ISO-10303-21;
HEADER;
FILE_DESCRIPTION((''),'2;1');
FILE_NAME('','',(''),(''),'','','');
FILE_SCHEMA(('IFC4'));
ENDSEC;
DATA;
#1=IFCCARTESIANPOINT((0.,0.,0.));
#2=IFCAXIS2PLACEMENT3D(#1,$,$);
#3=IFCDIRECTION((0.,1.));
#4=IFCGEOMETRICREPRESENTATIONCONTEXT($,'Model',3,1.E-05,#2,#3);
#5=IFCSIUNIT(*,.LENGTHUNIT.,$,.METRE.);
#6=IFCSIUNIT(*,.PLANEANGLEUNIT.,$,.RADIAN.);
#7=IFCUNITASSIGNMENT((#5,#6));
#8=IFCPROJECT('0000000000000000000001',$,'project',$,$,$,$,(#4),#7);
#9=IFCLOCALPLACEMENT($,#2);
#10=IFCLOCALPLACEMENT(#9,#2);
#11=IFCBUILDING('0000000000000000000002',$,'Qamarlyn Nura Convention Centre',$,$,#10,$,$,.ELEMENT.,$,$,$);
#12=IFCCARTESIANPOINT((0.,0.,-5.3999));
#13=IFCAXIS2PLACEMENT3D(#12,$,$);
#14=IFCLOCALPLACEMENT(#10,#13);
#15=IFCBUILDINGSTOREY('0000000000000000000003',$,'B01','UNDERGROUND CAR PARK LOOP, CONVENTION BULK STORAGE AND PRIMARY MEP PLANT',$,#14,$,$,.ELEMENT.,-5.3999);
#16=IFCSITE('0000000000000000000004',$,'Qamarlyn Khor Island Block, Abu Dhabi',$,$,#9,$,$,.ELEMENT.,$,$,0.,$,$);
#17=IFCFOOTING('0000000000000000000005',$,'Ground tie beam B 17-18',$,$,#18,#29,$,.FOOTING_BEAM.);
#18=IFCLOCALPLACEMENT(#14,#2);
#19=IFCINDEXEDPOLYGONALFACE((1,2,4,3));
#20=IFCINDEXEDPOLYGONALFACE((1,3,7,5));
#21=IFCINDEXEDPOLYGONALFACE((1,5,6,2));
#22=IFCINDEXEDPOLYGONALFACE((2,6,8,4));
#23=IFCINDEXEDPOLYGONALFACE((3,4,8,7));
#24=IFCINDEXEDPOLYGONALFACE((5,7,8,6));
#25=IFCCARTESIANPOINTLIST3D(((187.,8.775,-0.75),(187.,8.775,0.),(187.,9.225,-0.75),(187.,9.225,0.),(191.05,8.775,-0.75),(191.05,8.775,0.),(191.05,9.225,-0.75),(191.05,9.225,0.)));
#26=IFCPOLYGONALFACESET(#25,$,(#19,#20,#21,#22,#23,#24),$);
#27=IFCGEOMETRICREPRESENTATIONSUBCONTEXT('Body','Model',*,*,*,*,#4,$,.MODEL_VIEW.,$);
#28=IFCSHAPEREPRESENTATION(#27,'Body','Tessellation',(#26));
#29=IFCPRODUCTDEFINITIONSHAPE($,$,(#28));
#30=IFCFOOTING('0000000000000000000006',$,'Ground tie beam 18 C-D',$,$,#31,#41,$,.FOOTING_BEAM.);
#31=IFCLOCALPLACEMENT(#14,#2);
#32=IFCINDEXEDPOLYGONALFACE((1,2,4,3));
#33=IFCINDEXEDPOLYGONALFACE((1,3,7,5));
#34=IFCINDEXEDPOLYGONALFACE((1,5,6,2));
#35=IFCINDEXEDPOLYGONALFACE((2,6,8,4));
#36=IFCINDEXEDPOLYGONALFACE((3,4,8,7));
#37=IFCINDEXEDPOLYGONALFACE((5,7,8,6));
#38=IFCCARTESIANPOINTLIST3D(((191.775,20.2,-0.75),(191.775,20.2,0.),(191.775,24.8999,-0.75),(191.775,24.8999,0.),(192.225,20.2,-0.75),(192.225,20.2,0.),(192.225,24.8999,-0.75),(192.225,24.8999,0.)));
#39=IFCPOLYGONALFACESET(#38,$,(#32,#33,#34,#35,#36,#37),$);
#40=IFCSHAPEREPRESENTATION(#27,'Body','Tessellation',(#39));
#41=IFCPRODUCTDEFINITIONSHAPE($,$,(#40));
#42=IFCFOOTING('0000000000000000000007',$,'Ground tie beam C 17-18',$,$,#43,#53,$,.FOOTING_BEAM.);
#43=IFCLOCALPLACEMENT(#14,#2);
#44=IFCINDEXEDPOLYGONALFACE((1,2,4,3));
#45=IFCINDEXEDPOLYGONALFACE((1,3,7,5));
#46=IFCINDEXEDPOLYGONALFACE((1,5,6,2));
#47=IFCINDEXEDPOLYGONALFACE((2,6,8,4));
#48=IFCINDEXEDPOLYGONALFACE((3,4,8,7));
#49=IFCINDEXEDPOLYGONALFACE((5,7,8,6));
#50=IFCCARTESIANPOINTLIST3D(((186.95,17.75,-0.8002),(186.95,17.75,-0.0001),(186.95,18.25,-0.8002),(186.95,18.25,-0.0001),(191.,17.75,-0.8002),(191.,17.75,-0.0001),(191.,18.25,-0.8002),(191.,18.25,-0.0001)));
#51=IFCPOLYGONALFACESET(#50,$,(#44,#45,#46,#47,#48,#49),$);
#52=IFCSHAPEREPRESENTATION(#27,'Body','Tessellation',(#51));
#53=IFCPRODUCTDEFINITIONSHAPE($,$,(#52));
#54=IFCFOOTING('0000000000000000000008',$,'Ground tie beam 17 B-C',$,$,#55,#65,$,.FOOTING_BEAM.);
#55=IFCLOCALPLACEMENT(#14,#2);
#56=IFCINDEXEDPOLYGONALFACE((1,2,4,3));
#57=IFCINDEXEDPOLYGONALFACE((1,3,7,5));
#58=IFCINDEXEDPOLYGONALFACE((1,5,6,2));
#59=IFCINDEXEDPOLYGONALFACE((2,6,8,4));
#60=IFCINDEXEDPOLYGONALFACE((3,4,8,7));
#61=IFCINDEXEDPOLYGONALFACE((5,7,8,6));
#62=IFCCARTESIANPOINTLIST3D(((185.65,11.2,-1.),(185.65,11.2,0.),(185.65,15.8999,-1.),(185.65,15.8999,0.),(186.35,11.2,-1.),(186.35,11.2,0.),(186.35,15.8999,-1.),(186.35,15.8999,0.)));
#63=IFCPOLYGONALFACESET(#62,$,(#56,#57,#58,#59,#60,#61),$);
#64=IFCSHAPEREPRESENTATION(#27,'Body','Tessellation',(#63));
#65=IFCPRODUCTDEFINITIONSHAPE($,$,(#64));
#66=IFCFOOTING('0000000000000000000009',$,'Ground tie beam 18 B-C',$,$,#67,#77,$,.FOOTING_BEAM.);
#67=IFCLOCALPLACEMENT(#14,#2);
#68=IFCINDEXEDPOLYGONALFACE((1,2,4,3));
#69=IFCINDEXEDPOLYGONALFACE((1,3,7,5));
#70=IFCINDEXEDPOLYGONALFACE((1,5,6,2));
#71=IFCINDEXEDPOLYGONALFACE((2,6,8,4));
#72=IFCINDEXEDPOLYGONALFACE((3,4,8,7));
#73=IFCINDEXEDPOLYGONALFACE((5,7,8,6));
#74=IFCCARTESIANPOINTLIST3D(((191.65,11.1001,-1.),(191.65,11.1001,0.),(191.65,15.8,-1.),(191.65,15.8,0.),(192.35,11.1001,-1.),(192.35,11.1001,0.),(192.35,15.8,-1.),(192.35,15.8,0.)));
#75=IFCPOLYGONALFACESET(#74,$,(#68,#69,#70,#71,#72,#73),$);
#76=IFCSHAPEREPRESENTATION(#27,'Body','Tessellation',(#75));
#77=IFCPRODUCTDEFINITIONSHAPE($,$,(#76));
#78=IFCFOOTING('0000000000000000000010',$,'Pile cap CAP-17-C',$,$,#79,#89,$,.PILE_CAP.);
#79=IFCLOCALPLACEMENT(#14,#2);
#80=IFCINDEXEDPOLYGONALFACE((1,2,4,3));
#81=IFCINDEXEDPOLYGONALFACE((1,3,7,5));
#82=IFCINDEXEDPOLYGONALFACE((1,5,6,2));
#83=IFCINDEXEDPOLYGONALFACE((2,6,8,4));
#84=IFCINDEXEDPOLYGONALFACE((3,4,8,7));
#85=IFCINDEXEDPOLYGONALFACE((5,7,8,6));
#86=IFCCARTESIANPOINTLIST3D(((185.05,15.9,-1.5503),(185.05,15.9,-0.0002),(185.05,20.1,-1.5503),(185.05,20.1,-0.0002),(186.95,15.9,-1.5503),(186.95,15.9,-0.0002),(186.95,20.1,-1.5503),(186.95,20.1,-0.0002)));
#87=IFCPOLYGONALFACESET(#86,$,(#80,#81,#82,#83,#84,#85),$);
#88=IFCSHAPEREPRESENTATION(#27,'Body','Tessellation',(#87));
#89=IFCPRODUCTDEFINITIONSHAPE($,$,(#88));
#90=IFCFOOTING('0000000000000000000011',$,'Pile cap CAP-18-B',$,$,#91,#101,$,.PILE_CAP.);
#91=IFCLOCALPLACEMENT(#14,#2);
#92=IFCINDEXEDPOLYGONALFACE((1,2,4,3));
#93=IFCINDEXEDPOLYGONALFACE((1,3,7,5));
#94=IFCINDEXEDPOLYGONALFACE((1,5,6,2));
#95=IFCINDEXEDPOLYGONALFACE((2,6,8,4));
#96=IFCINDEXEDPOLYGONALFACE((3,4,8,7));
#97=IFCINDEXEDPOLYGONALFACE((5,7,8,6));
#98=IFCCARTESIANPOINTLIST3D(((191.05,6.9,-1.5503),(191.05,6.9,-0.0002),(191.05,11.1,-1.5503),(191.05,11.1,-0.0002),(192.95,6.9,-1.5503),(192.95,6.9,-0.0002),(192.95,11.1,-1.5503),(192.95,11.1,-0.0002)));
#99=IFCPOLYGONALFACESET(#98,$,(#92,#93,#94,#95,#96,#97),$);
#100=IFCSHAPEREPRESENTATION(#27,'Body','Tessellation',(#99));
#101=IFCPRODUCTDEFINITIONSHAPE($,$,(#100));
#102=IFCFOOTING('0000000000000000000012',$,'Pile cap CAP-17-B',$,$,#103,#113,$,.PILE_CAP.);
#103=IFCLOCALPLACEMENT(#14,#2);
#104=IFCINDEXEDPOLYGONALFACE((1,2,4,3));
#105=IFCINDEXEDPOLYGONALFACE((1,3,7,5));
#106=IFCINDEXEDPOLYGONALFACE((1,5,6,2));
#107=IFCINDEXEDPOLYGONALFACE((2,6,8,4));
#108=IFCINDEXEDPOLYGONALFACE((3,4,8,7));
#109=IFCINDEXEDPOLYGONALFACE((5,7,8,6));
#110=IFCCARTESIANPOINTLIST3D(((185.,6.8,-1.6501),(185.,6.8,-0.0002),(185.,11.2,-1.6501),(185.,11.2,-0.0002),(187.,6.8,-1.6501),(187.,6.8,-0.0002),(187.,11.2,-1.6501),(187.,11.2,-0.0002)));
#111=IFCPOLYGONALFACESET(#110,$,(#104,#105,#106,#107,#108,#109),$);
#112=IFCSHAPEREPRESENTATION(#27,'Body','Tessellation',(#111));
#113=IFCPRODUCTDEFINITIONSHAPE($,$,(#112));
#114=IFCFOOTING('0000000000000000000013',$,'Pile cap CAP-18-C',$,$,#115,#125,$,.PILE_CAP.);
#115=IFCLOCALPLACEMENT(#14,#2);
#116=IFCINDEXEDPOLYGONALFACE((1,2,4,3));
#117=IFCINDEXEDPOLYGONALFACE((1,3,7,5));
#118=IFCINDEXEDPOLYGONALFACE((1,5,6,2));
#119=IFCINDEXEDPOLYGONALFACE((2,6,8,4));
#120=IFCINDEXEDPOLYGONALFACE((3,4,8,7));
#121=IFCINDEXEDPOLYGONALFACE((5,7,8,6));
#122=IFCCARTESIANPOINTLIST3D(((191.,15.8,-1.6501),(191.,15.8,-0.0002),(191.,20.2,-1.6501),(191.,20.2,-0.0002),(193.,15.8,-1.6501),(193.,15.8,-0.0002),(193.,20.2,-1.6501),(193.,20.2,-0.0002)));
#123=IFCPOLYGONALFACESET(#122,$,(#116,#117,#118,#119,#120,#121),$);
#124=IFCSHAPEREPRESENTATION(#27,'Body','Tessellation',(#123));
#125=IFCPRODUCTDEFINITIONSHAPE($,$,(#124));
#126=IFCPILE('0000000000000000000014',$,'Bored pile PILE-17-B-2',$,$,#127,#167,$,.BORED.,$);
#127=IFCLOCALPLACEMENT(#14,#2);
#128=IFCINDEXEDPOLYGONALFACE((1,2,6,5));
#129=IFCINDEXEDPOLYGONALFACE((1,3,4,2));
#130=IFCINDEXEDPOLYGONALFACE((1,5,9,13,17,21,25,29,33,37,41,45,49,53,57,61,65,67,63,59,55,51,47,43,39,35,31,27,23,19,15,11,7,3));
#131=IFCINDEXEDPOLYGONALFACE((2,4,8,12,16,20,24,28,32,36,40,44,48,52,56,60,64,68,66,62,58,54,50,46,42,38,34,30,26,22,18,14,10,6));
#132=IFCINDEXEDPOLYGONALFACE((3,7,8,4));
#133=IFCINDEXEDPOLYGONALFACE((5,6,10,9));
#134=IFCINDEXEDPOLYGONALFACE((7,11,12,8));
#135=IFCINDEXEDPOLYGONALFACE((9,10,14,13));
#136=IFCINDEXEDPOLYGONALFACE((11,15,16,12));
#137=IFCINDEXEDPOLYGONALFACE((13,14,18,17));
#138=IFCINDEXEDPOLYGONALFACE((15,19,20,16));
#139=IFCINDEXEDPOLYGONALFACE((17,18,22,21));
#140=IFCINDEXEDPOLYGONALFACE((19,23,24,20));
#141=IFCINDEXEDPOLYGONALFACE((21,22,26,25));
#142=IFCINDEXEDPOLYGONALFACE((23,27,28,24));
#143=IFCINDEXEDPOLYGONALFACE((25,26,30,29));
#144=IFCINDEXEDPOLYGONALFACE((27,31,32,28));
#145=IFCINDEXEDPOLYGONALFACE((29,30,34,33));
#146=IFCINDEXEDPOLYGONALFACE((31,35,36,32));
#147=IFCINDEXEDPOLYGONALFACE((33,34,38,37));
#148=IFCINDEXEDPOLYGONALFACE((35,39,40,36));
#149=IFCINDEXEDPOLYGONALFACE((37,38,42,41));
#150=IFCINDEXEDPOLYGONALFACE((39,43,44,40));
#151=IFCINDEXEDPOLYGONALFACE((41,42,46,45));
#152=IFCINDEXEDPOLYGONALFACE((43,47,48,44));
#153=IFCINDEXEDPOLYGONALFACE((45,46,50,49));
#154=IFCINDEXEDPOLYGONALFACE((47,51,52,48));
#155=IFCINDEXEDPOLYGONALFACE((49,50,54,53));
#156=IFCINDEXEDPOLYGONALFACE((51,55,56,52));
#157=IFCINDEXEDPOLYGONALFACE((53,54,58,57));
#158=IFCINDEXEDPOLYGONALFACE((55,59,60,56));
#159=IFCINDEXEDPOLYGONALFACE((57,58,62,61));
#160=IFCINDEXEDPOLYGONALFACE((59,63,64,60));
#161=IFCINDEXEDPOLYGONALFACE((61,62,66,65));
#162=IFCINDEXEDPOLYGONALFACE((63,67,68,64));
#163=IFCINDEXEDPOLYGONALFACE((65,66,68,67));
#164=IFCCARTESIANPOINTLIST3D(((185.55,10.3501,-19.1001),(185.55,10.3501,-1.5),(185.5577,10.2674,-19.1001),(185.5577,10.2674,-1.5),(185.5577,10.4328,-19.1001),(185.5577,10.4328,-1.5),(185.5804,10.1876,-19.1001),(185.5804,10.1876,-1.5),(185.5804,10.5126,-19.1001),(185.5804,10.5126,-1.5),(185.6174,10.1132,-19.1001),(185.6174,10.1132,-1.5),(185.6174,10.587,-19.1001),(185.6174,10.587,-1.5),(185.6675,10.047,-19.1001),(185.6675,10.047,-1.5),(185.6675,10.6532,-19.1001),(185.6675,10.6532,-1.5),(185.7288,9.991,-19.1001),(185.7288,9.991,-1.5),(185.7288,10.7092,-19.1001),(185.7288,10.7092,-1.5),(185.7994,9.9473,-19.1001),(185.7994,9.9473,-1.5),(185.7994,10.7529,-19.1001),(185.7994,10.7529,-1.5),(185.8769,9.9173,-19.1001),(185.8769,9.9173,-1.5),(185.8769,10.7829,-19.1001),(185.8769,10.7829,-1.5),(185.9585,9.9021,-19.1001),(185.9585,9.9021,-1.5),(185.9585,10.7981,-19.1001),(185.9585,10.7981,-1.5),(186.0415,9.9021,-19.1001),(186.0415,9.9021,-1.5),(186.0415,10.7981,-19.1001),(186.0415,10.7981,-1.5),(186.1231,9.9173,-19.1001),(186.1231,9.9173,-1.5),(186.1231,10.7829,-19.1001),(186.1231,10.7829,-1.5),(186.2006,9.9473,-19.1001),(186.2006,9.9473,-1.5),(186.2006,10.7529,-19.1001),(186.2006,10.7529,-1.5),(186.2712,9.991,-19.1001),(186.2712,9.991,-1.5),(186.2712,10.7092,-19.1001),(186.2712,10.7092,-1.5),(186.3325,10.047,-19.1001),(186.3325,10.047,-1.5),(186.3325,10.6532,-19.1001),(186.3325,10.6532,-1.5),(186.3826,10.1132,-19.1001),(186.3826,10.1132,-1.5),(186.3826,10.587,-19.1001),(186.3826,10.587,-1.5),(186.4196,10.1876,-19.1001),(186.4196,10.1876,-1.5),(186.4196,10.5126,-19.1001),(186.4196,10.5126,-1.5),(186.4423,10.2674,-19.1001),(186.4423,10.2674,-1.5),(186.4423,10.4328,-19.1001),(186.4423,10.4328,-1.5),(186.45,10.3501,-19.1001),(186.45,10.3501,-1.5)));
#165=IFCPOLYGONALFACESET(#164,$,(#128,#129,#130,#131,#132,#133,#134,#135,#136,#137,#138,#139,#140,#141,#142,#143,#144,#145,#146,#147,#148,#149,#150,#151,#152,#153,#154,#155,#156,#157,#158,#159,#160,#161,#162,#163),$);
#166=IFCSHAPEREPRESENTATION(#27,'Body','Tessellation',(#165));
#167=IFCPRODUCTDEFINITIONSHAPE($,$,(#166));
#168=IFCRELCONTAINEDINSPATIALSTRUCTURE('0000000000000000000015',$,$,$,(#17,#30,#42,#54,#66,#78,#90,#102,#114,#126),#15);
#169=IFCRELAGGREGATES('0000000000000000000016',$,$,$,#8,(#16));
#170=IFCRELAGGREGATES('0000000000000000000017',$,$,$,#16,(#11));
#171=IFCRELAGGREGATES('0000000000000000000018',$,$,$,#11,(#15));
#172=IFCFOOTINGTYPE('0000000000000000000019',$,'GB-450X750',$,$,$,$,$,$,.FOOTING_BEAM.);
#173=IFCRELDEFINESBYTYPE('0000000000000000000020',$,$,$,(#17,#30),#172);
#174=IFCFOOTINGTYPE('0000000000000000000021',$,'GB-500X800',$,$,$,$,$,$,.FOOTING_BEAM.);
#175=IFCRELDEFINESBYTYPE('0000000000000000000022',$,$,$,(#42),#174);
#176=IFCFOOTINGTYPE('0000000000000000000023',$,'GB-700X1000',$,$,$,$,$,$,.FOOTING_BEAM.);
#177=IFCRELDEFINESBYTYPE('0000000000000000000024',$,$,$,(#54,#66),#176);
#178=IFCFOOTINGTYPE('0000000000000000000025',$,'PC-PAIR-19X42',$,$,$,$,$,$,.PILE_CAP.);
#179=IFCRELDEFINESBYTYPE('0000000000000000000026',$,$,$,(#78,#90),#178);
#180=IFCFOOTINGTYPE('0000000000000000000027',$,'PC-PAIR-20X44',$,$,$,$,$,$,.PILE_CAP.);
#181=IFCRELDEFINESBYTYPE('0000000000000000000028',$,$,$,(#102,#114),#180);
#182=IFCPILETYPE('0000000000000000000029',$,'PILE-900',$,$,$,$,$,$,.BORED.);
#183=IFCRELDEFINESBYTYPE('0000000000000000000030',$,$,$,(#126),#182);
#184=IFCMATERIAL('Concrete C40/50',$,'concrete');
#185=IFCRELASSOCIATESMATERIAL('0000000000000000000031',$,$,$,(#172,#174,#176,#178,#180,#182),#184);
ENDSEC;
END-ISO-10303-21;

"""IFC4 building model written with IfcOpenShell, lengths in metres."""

from ifc_helpers import new_model, si_unit, direction, frame, origin, origin_2d, place, context, subcontext, project, spatial, rectangle, circle, extrude, material, material_profile, profile_set, type_object, element, save


model = new_model("IFC4")

# Units and contexts
model_context = context("Model", 3, precision=1e-05, world=origin(), true_north=direction((0.0, 1.0)))
body_context = subcontext(model_context, "Body", "Model", "MODEL_VIEW")
ifc_project = project(units=[si_unit("LENGTHUNIT", "METRE"), si_unit("PLANEANGLEUNIT", "RADIAN")], contexts=[model_context])

# Site, building, storey
site_placement = place(None, origin())
site = spatial("IfcSite", under=ifc_project, at=site_placement, Name="Qamarlyn Khor Island Block, Abu Dhabi", CompositionType="ELEMENT", RefElevation=0.0)
building_placement = place(site_placement, origin())
building = spatial("IfcBuilding", under=site, at=building_placement, Name="Qamarlyn Nura Convention Centre", CompositionType="ELEMENT")
storey_placement = place(building_placement, frame((0.0, 0.0, -5.3999)))
storey = spatial("IfcBuildingStorey", under=building, at=storey_placement, Name="B01", Description="UNDERGROUND CAR PARK LOOP, CONVENTION BULK STORAGE AND PRIMARY MEP PLANT", CompositionType="ELEMENT", Elevation=-5.3999)

# Footings
ifc_material_1 = material(Name="Concrete C40/50", Category="concrete")
ifc_material_profile_1 = material_profile(ifc_material_1, rectangle(XDim=0.45, YDim=0.75, at=origin_2d()), Name="RC GB 450x750")
ifc_profile_set_1 = profile_set([ifc_material_profile_1], Name="Concrete C40/50")
footing_type_1 = type_object("IfcFootingType", Name="GB-450X750", PredefinedType="FOOTING_BEAM", material=ifc_profile_set_1)
footing_1_placement = place(storey_placement, frame((187.0, 9.0, -0.375), z_axis=(1.0, 0.0, 0.0), x_axis=(0.0, 1.0, 0.0)))
element("IfcFooting", 1, at=footing_1_placement, inside=storey, type_object=footing_type_1, Name="Ground tie beam B 17-18", PredefinedType="FOOTING_BEAM", context=body_context, shape_type="SweptSolid", body=[
    extrude(rectangle(XDim=0.45, YDim=0.75, at=origin_2d()), origin(), (0.0, 0.0, 1.0), 4.05),
])
footing_2_placement = place(storey_placement, frame((192.0, 20.2, -0.375), z_axis=(0.0, 1.0, 0.0), x_axis=(-1.0, 0.0, 0.0)))
element("IfcFooting", 2, at=footing_2_placement, inside=storey, type_object=footing_type_1, Name="Ground tie beam 18 C-D", PredefinedType="FOOTING_BEAM", context=body_context, shape_type="SweptSolid", body=[
    extrude(rectangle(XDim=0.45, YDim=0.75, at=origin_2d()), origin(), (0.0, 0.0, 1.0), 4.7),
])
ifc_material_profile_2 = material_profile(ifc_material_1, rectangle(XDim=0.5, YDim=0.8, at=origin_2d()), Name="RC GB 500x800")
ifc_profile_set_2 = profile_set([ifc_material_profile_2], Name="Concrete C40/50")
footing_type_2 = type_object("IfcFootingType", Name="GB-500X800", PredefinedType="FOOTING_BEAM", material=ifc_profile_set_2)
footing_3_placement = place(storey_placement, frame((186.95, 18.0, -0.4001), z_axis=(1.0, 0.0, 0.0), x_axis=(0.0, 1.0, 0.0)))
element("IfcFooting", 3, at=footing_3_placement, inside=storey, type_object=footing_type_2, Name="Ground tie beam C 17-18", PredefinedType="FOOTING_BEAM", context=body_context, shape_type="SweptSolid", body=[
    extrude(rectangle(XDim=0.5, YDim=0.8, at=origin_2d()), origin(), (0.0, 0.0, 1.0), 4.05),
])
ifc_material_profile_3 = material_profile(ifc_material_1, rectangle(XDim=0.7, YDim=1.0, at=origin_2d()), Name="RC GB 700x1000")
ifc_profile_set_3 = profile_set([ifc_material_profile_3], Name="Concrete C40/50")
footing_type_3 = type_object("IfcFootingType", Name="GB-700X1000", PredefinedType="FOOTING_BEAM", material=ifc_profile_set_3)
for number, where, z_axis, x_axis, name in (
    (4, (186.0, 11.2, -0.5), (0.0, 1.0, 0.0), (-1.0, 0.0, 0.0), "Ground tie beam 17 B-C"),
    (5, (192.0, 11.1001, -0.5), (0.0, 1.0, 0.0), (-1.0, 0.0, 0.0), "Ground tie beam 18 B-C"),
):
    element("IfcFooting", number, at=place(storey_placement, frame(where, z_axis=z_axis, x_axis=x_axis)), inside=storey, type_object=footing_type_3, Name=name, PredefinedType="FOOTING_BEAM", context=body_context, shape_type="SweptSolid", body=[
        extrude(rectangle(XDim=0.7, YDim=1.0, at=origin_2d()), origin(), (0.0, 0.0, 1.0), 4.7),
    ])
footing_type_4 = type_object("IfcFootingType", Name="PC-PAIR-19X42", PredefinedType="PILE_CAP", material=ifc_material_1)
for number, where, z_axis, x_axis, name in (
    (6, (186.0, 18.0, -1.5503), (0.0, 0.0, 1.0), (1.0, 0.0, 0.0), "Pile cap CAP-17-C"),
    (7, (192.0, 9.0, -1.5503), (0.0, 0.0, 1.0), (1.0, 0.0, 0.0), "Pile cap CAP-18-B"),
):
    element("IfcFooting", number, at=place(storey_placement, frame(where, z_axis=z_axis, x_axis=x_axis)), inside=storey, type_object=footing_type_4, Name=name, PredefinedType="PILE_CAP", context=body_context, shape_type="SweptSolid", body=[
        extrude(rectangle(XDim=1.8999, YDim=4.2, at=origin_2d()), origin(), (0.0, 0.0, 1.0), 1.55),
    ])
footing_type_5 = type_object("IfcFootingType", Name="PC-PAIR-20X44", PredefinedType="PILE_CAP", material=ifc_material_1)
for number, where, z_axis, x_axis, name in (
    (8, (186.0, 9.0, -1.6501), (0.0, 0.0, 1.0), (1.0, 0.0, 0.0), "Pile cap CAP-17-B"),
    (9, (192.0, 18.0, -1.6501), (0.0, 0.0, 1.0), (1.0, 0.0, 0.0), "Pile cap CAP-18-C"),
):
    element("IfcFooting", number, at=place(storey_placement, frame(where, z_axis=z_axis, x_axis=x_axis)), inside=storey, type_object=footing_type_5, Name=name, PredefinedType="PILE_CAP", context=body_context, shape_type="SweptSolid", body=[
        extrude(rectangle(XDim=2.0, YDim=4.3999, at=origin_2d()), origin(), (0.0, 0.0, 1.0), 1.6499),
    ])

# Pile
ifc_material_profile_4 = material_profile(ifc_material_1, circle(Radius=0.45, at=origin_2d()), Name="BORED PILE 900")
ifc_profile_set_4 = profile_set([ifc_material_profile_4], Name="Concrete C40/50")
pile_type = type_object("IfcPileType", Name="PILE-900", PredefinedType="BORED", material=ifc_profile_set_4)
pile_1_placement = place(storey_placement, frame((186.0, 10.3501, -1.5), z_axis=(0.0, 0.0, -1.0), x_axis=(1.0, 0.0, 0.0)))
element("IfcPile", 10, at=pile_1_placement, inside=storey, type_object=pile_type, Name="Bored pile PILE-17-B-2", PredefinedType="BORED", context=body_context, shape_type="SweptSolid", body=[
    extrude(circle(Radius=0.45, at=origin_2d()), origin(), (0.0, 0.0, 1.0), 17.6001),
])

save(model, "model.ifc")
